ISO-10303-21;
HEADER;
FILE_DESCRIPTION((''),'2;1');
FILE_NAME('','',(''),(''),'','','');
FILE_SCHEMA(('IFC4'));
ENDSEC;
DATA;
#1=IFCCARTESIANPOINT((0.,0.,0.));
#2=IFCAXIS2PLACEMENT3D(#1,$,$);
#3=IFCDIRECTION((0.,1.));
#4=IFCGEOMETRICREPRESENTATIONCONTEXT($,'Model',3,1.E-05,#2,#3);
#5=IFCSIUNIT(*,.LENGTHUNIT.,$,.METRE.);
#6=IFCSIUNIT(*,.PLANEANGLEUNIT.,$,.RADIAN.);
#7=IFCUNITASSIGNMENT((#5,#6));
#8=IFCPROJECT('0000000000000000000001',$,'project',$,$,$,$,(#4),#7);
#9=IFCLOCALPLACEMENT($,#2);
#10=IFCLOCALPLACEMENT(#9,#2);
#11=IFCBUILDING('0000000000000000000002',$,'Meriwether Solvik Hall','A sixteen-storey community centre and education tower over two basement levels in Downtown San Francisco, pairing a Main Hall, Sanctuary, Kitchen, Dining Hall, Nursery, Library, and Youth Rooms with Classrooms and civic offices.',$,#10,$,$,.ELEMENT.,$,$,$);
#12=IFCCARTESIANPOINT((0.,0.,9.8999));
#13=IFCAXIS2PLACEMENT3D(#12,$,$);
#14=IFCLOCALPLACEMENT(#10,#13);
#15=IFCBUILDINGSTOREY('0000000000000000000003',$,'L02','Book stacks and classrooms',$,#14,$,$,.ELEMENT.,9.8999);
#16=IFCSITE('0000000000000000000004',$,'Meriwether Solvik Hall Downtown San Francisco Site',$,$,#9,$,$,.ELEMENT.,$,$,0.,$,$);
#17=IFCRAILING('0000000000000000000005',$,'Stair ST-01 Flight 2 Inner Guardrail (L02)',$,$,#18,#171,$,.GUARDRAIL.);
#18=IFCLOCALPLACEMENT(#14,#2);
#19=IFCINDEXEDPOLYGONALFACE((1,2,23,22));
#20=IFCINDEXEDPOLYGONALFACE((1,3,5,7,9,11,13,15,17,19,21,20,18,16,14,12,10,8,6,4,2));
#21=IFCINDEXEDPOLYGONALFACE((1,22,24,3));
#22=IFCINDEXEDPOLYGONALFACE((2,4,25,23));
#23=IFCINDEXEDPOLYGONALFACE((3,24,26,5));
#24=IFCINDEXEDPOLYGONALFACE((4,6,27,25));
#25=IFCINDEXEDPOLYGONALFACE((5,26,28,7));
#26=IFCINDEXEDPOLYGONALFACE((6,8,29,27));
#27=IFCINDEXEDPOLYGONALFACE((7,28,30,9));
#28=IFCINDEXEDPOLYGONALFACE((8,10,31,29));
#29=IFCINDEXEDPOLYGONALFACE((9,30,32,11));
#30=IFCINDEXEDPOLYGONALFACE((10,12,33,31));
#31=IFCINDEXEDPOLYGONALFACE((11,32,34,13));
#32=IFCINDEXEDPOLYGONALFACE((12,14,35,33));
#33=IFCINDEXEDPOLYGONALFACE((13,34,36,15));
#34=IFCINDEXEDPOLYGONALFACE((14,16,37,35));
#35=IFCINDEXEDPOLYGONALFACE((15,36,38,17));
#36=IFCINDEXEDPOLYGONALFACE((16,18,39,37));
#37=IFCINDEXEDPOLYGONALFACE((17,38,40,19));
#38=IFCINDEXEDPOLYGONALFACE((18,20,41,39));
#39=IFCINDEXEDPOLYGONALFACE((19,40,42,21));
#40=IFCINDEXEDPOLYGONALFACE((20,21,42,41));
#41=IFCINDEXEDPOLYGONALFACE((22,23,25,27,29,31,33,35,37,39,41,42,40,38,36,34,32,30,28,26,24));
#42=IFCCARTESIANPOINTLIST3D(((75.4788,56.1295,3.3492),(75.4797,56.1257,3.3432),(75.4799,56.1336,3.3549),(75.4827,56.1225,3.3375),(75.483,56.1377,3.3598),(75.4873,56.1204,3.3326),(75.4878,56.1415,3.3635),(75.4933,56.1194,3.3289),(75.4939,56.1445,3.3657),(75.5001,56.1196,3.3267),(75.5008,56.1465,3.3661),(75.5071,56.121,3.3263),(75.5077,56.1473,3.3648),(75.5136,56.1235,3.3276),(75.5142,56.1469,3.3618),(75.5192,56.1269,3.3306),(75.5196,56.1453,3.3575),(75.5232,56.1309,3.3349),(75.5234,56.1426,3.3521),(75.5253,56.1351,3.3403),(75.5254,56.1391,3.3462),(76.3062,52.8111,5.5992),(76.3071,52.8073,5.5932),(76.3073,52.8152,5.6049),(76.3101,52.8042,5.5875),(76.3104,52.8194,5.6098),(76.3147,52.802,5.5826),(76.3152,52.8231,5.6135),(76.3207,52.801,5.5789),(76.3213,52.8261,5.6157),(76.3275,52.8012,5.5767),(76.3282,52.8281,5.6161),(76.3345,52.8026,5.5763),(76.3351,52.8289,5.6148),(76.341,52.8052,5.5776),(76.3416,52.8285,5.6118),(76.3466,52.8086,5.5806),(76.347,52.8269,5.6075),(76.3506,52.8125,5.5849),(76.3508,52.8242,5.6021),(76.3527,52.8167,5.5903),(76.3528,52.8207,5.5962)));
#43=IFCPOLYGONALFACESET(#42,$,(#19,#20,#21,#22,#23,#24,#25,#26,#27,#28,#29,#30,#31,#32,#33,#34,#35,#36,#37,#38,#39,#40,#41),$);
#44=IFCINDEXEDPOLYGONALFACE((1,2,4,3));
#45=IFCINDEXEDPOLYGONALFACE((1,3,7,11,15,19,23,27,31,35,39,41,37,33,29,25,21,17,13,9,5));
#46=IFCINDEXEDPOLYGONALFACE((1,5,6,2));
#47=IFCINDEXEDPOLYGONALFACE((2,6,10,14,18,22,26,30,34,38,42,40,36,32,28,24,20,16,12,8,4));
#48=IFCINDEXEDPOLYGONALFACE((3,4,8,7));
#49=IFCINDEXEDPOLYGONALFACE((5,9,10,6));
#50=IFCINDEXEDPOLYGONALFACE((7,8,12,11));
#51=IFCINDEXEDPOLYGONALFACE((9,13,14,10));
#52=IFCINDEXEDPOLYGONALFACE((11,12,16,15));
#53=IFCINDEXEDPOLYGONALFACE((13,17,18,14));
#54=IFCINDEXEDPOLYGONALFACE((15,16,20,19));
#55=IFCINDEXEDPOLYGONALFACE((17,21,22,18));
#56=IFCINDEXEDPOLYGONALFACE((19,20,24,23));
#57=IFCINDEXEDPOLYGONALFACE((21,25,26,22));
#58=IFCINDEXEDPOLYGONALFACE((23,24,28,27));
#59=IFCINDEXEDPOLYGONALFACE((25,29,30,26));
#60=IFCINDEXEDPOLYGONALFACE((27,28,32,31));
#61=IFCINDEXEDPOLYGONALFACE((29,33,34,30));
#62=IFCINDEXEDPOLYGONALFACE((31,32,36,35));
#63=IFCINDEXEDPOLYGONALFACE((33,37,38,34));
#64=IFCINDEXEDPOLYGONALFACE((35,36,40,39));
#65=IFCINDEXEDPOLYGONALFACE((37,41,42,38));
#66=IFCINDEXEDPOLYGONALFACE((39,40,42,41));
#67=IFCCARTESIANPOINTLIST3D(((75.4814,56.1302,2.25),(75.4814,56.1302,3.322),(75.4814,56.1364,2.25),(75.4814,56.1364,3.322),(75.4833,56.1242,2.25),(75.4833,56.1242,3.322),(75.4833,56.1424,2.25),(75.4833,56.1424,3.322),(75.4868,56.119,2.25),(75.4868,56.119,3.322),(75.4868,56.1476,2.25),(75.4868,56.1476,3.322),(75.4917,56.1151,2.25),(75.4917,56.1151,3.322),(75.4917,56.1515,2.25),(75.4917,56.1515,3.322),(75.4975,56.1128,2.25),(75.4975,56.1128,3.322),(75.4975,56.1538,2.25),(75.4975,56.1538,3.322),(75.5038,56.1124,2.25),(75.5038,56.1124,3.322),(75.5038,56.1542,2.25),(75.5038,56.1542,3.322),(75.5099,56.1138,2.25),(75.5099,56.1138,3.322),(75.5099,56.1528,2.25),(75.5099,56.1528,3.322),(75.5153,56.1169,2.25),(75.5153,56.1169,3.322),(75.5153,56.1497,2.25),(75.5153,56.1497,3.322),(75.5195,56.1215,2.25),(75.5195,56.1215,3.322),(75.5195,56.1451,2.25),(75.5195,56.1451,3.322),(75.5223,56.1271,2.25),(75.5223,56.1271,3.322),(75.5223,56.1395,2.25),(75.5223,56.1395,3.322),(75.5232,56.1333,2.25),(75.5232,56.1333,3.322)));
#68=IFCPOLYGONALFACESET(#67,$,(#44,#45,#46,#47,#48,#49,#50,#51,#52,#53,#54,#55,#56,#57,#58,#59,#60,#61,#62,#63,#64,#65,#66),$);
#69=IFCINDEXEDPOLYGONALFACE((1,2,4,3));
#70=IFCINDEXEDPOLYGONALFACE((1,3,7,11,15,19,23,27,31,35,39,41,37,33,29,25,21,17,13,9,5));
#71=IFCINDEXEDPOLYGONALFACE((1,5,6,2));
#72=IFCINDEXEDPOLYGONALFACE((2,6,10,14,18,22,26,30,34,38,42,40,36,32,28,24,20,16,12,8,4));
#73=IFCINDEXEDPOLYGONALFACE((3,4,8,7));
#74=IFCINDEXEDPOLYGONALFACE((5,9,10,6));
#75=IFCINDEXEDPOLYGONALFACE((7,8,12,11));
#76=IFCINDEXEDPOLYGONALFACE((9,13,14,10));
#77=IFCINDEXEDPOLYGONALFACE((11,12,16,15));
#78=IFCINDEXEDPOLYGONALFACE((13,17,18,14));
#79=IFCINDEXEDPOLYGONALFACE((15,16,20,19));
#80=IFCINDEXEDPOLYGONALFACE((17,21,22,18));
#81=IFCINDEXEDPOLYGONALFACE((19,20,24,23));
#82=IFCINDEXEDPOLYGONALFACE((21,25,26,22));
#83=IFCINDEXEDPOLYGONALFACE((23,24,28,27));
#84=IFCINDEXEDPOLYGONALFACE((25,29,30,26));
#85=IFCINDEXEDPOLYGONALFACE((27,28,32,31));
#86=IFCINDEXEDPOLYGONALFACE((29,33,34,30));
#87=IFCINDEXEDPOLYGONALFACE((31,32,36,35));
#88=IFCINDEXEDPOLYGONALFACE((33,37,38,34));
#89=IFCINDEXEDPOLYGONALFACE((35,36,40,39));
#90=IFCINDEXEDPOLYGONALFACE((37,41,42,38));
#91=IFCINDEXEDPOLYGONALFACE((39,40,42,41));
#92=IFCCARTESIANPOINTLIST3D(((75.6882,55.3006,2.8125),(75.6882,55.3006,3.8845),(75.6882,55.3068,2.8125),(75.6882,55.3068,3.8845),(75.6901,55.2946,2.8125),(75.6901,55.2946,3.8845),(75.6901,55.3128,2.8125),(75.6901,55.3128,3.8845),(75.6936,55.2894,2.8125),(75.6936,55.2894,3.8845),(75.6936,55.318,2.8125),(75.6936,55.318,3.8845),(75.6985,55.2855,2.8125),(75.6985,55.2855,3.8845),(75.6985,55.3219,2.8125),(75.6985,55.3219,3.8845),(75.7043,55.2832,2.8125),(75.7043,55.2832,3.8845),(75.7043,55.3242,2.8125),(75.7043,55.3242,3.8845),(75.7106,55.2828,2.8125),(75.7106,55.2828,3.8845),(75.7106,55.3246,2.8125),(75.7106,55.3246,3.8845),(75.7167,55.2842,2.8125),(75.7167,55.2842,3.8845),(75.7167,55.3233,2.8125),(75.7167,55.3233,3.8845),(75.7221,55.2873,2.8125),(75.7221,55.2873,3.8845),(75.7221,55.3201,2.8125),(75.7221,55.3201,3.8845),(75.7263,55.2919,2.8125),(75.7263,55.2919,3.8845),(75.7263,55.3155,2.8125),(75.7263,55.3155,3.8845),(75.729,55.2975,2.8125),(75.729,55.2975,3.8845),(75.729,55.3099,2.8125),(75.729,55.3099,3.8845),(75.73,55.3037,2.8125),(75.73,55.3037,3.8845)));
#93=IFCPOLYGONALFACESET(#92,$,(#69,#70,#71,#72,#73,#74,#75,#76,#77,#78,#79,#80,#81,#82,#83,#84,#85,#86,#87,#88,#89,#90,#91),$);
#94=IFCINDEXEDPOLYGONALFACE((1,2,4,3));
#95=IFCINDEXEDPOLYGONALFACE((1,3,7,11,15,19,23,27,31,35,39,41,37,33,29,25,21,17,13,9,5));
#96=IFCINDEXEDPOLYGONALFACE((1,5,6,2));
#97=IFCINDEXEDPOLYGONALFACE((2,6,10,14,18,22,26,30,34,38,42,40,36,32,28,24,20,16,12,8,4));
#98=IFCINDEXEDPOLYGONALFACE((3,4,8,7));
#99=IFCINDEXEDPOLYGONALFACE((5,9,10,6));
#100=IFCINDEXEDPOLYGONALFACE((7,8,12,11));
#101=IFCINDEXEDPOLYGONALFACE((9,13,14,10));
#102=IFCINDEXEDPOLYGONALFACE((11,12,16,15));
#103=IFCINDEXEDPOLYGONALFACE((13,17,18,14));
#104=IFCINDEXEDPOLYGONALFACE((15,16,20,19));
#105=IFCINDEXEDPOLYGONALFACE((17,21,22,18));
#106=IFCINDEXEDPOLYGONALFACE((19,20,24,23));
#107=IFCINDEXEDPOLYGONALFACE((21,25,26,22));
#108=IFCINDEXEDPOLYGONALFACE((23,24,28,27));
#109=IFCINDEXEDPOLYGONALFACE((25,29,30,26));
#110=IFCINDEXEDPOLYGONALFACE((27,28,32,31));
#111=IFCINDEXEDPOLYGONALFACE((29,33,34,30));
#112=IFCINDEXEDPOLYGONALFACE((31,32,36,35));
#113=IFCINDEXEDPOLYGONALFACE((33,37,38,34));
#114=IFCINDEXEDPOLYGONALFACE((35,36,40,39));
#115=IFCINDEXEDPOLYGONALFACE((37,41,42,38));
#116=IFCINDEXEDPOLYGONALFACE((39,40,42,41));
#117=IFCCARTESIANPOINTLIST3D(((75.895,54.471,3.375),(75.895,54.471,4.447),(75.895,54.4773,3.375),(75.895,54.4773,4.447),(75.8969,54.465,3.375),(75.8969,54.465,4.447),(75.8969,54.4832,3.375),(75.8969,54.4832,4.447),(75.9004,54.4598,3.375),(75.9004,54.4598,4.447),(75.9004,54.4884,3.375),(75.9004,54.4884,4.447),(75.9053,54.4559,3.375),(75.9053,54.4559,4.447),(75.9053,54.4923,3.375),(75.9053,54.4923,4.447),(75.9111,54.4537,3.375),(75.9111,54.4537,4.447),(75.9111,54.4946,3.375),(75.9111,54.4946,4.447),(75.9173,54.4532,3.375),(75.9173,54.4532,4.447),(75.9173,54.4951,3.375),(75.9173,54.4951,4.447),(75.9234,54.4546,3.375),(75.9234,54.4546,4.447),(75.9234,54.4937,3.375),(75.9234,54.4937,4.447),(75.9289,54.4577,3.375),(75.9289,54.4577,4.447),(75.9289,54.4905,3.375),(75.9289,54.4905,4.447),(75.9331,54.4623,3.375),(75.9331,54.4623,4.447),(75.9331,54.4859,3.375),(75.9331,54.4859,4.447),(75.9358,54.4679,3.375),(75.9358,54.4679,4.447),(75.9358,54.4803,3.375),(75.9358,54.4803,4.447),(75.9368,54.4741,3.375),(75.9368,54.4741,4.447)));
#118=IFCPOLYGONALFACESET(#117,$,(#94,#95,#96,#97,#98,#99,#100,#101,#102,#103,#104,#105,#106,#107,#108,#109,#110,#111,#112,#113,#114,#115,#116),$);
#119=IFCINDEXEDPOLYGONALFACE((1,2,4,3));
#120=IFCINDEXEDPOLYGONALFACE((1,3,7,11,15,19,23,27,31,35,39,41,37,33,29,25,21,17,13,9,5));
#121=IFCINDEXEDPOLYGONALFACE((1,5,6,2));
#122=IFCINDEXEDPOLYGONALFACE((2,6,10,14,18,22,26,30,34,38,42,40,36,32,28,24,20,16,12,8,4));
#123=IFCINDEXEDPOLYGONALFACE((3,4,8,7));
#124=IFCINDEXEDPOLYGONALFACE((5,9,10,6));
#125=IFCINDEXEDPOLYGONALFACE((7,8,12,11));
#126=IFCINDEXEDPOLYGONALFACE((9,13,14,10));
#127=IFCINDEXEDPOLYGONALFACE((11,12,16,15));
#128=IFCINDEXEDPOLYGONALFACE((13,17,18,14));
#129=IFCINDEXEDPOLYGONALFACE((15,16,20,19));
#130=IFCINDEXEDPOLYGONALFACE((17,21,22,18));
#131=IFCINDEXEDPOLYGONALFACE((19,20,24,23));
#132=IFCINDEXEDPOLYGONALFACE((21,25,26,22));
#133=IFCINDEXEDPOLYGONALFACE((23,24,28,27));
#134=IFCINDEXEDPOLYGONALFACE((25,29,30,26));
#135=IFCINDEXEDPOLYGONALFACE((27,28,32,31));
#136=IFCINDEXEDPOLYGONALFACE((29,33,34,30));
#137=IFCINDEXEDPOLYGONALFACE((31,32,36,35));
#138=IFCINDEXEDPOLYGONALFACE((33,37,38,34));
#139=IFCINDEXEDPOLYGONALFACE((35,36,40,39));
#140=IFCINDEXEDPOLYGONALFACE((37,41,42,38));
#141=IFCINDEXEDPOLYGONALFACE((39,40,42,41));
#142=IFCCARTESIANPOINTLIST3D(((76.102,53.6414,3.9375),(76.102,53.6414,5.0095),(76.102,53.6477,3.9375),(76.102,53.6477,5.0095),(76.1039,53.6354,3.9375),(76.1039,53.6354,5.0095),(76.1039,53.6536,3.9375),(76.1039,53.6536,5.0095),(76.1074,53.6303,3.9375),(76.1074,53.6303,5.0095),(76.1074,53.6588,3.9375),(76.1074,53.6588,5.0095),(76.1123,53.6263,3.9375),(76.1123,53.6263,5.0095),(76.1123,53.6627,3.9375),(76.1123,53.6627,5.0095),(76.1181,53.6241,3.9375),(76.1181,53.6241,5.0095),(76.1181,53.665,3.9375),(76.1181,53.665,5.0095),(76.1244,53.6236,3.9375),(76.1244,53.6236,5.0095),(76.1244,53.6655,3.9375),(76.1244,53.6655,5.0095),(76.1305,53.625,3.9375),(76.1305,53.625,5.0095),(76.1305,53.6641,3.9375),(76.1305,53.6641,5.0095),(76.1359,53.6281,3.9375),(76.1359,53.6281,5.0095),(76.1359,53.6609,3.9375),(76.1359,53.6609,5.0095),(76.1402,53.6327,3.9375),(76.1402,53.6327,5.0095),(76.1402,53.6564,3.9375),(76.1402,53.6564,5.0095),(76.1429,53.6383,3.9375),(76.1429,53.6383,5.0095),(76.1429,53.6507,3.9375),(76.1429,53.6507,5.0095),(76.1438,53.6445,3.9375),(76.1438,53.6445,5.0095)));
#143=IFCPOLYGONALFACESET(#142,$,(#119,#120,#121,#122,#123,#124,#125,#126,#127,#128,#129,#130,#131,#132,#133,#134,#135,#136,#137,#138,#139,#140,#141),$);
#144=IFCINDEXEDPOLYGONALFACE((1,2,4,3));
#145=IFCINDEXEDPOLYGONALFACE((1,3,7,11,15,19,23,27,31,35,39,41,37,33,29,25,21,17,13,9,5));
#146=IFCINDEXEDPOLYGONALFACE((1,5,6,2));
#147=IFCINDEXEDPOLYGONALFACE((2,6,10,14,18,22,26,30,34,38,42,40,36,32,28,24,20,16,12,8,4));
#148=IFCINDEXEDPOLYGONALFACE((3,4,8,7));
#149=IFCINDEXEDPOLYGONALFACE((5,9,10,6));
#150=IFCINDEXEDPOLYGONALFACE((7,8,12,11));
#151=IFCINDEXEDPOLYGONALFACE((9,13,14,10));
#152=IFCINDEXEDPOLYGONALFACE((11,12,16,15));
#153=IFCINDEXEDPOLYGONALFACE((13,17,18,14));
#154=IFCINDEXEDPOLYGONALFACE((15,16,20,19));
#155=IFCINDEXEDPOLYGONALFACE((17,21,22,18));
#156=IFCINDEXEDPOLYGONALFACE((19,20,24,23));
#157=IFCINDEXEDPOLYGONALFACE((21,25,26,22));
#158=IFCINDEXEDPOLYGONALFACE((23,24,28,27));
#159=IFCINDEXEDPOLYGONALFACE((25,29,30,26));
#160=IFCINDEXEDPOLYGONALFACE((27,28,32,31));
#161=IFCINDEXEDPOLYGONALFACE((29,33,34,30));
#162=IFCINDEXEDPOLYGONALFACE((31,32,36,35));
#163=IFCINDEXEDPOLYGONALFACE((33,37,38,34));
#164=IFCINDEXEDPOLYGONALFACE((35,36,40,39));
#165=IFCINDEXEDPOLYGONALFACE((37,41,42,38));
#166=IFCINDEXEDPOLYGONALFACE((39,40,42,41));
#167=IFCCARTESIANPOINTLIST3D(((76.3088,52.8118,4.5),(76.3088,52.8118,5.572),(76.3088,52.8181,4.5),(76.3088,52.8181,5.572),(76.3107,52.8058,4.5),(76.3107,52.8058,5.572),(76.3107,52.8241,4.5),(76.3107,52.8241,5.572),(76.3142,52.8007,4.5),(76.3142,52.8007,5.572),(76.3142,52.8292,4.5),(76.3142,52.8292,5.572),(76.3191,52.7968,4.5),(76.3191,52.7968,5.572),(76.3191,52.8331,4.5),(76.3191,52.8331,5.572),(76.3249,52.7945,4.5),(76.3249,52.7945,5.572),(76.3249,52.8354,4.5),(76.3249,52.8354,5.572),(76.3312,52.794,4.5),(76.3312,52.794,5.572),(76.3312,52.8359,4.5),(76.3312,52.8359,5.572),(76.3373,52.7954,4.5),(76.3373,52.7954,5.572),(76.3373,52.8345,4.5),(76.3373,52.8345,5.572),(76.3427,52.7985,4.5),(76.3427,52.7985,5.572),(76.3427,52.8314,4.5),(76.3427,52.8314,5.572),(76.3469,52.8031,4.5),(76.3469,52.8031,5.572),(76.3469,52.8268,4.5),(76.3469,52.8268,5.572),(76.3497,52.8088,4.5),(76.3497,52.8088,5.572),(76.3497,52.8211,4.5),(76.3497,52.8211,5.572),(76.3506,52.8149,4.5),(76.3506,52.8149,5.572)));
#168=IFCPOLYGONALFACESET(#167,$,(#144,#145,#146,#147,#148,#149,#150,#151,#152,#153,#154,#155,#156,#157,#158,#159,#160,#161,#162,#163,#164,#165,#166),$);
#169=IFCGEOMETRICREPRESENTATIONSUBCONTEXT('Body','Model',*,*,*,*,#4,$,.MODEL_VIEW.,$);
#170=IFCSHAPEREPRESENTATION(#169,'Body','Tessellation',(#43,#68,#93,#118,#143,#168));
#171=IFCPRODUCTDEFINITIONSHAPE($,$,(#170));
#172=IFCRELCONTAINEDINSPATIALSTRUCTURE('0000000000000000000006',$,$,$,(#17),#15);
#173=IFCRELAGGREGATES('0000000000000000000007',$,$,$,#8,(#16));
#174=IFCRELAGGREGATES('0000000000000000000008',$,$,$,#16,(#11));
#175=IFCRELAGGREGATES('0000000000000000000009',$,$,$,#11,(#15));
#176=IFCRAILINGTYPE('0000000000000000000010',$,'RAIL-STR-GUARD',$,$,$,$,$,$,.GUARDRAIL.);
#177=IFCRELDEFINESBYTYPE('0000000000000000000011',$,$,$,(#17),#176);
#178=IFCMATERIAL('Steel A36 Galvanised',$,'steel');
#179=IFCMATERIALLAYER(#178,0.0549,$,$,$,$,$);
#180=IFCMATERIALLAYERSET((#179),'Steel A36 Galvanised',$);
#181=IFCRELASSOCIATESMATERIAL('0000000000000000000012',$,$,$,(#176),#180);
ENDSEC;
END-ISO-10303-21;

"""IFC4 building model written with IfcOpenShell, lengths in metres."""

from ifc_helpers import new_model, si_unit, direction, frame, origin, origin_2d, place, context, subcontext, project, spatial, circle, extrude, material, layer, layer_set, type_object, element, save


model = new_model("IFC4")

# Units and contexts
model_context = context("Model", 3, precision=1e-05, world=origin(), true_north=direction((0.0, 1.0)))
body_context = subcontext(model_context, "Body", "Model", "MODEL_VIEW")
ifc_project = project(units=[si_unit("LENGTHUNIT", "METRE"), si_unit("PLANEANGLEUNIT", "RADIAN")], contexts=[model_context])

# Site, building, storey
site_placement = place(None, origin())
site = spatial("IfcSite", under=ifc_project, at=site_placement, Name="Meriwether Solvik Hall Downtown San Francisco Site", CompositionType="ELEMENT", RefElevation=0.0)
building_placement = place(site_placement, origin())
building = spatial("IfcBuilding", under=site, at=building_placement, Name="Meriwether Solvik Hall", Description="A sixteen-storey community centre and education tower over two basement levels in Downtown San Francisco, pairing a Main Hall, Sanctuary, Kitchen, Dining Hall, Nursery, Library, and Youth Rooms with Classrooms and civic offices.", CompositionType="ELEMENT")
storey_placement = place(building_placement, frame((0.0, 0.0, 9.8999)))
storey = spatial("IfcBuildingStorey", under=building, at=storey_placement, Name="L02", Description="Book stacks and classrooms", CompositionType="ELEMENT", Elevation=9.8999)

# Railing
ifc_material_1 = material(Name="Steel A36 Galvanised", Category="steel")
ifc_layer_1 = layer(ifc_material_1, 0.0549)
ifc_layer_set_1 = layer_set([ifc_layer_1], Name="Steel A36 Galvanised")
railing_type_1 = type_object("IfcRailingType", Name="RAIL-STR-GUARD", PredefinedType="GUARDRAIL", material=ifc_layer_set_1)
railing_1_placement = place(storey_placement, frame((75.5022, 56.1333, 2.25)))
element("IfcRailing", 1, at=railing_1_placement, inside=storey, type_object=railing_type_1, Name="Stair ST-01 Flight 2 Inner Guardrail (L02)", PredefinedType="GUARDRAIL", context=body_context, shape_type="SweptSolid", body=[
    extrude(circle(Radius=0.0239, at=origin_2d()), frame((0.0, 0.0, 1.0962), z_axis=(0.202112, -0.810596, 0.549622), x_axis=(0.970293, 0.241931, 0.0)), (0.0, 0.0, 1.0), 4.0938),
    extrude(circle(Radius=0.021, at=origin_2d()), origin(), (0.0, 0.0, 1.0), 1.072),
    extrude(circle(Radius=0.021, at=origin_2d()), frame((0.2068, -0.8296, 0.5625)), (0.0, 0.0, 1.0), 1.072),
    extrude(circle(Radius=0.021, at=origin_2d()), frame((0.4136, -1.6592, 1.125)), (0.0, 0.0, 1.0), 1.072),
    extrude(circle(Radius=0.021, at=origin_2d()), frame((0.6206, -2.4888, 1.6875)), (0.0, 0.0, 1.0), 1.072),
    extrude(circle(Radius=0.021, at=origin_2d()), frame((0.8274, -3.3184, 2.25)), (0.0, 0.0, 1.0), 1.072),
])

save(model, "model.ifc")
